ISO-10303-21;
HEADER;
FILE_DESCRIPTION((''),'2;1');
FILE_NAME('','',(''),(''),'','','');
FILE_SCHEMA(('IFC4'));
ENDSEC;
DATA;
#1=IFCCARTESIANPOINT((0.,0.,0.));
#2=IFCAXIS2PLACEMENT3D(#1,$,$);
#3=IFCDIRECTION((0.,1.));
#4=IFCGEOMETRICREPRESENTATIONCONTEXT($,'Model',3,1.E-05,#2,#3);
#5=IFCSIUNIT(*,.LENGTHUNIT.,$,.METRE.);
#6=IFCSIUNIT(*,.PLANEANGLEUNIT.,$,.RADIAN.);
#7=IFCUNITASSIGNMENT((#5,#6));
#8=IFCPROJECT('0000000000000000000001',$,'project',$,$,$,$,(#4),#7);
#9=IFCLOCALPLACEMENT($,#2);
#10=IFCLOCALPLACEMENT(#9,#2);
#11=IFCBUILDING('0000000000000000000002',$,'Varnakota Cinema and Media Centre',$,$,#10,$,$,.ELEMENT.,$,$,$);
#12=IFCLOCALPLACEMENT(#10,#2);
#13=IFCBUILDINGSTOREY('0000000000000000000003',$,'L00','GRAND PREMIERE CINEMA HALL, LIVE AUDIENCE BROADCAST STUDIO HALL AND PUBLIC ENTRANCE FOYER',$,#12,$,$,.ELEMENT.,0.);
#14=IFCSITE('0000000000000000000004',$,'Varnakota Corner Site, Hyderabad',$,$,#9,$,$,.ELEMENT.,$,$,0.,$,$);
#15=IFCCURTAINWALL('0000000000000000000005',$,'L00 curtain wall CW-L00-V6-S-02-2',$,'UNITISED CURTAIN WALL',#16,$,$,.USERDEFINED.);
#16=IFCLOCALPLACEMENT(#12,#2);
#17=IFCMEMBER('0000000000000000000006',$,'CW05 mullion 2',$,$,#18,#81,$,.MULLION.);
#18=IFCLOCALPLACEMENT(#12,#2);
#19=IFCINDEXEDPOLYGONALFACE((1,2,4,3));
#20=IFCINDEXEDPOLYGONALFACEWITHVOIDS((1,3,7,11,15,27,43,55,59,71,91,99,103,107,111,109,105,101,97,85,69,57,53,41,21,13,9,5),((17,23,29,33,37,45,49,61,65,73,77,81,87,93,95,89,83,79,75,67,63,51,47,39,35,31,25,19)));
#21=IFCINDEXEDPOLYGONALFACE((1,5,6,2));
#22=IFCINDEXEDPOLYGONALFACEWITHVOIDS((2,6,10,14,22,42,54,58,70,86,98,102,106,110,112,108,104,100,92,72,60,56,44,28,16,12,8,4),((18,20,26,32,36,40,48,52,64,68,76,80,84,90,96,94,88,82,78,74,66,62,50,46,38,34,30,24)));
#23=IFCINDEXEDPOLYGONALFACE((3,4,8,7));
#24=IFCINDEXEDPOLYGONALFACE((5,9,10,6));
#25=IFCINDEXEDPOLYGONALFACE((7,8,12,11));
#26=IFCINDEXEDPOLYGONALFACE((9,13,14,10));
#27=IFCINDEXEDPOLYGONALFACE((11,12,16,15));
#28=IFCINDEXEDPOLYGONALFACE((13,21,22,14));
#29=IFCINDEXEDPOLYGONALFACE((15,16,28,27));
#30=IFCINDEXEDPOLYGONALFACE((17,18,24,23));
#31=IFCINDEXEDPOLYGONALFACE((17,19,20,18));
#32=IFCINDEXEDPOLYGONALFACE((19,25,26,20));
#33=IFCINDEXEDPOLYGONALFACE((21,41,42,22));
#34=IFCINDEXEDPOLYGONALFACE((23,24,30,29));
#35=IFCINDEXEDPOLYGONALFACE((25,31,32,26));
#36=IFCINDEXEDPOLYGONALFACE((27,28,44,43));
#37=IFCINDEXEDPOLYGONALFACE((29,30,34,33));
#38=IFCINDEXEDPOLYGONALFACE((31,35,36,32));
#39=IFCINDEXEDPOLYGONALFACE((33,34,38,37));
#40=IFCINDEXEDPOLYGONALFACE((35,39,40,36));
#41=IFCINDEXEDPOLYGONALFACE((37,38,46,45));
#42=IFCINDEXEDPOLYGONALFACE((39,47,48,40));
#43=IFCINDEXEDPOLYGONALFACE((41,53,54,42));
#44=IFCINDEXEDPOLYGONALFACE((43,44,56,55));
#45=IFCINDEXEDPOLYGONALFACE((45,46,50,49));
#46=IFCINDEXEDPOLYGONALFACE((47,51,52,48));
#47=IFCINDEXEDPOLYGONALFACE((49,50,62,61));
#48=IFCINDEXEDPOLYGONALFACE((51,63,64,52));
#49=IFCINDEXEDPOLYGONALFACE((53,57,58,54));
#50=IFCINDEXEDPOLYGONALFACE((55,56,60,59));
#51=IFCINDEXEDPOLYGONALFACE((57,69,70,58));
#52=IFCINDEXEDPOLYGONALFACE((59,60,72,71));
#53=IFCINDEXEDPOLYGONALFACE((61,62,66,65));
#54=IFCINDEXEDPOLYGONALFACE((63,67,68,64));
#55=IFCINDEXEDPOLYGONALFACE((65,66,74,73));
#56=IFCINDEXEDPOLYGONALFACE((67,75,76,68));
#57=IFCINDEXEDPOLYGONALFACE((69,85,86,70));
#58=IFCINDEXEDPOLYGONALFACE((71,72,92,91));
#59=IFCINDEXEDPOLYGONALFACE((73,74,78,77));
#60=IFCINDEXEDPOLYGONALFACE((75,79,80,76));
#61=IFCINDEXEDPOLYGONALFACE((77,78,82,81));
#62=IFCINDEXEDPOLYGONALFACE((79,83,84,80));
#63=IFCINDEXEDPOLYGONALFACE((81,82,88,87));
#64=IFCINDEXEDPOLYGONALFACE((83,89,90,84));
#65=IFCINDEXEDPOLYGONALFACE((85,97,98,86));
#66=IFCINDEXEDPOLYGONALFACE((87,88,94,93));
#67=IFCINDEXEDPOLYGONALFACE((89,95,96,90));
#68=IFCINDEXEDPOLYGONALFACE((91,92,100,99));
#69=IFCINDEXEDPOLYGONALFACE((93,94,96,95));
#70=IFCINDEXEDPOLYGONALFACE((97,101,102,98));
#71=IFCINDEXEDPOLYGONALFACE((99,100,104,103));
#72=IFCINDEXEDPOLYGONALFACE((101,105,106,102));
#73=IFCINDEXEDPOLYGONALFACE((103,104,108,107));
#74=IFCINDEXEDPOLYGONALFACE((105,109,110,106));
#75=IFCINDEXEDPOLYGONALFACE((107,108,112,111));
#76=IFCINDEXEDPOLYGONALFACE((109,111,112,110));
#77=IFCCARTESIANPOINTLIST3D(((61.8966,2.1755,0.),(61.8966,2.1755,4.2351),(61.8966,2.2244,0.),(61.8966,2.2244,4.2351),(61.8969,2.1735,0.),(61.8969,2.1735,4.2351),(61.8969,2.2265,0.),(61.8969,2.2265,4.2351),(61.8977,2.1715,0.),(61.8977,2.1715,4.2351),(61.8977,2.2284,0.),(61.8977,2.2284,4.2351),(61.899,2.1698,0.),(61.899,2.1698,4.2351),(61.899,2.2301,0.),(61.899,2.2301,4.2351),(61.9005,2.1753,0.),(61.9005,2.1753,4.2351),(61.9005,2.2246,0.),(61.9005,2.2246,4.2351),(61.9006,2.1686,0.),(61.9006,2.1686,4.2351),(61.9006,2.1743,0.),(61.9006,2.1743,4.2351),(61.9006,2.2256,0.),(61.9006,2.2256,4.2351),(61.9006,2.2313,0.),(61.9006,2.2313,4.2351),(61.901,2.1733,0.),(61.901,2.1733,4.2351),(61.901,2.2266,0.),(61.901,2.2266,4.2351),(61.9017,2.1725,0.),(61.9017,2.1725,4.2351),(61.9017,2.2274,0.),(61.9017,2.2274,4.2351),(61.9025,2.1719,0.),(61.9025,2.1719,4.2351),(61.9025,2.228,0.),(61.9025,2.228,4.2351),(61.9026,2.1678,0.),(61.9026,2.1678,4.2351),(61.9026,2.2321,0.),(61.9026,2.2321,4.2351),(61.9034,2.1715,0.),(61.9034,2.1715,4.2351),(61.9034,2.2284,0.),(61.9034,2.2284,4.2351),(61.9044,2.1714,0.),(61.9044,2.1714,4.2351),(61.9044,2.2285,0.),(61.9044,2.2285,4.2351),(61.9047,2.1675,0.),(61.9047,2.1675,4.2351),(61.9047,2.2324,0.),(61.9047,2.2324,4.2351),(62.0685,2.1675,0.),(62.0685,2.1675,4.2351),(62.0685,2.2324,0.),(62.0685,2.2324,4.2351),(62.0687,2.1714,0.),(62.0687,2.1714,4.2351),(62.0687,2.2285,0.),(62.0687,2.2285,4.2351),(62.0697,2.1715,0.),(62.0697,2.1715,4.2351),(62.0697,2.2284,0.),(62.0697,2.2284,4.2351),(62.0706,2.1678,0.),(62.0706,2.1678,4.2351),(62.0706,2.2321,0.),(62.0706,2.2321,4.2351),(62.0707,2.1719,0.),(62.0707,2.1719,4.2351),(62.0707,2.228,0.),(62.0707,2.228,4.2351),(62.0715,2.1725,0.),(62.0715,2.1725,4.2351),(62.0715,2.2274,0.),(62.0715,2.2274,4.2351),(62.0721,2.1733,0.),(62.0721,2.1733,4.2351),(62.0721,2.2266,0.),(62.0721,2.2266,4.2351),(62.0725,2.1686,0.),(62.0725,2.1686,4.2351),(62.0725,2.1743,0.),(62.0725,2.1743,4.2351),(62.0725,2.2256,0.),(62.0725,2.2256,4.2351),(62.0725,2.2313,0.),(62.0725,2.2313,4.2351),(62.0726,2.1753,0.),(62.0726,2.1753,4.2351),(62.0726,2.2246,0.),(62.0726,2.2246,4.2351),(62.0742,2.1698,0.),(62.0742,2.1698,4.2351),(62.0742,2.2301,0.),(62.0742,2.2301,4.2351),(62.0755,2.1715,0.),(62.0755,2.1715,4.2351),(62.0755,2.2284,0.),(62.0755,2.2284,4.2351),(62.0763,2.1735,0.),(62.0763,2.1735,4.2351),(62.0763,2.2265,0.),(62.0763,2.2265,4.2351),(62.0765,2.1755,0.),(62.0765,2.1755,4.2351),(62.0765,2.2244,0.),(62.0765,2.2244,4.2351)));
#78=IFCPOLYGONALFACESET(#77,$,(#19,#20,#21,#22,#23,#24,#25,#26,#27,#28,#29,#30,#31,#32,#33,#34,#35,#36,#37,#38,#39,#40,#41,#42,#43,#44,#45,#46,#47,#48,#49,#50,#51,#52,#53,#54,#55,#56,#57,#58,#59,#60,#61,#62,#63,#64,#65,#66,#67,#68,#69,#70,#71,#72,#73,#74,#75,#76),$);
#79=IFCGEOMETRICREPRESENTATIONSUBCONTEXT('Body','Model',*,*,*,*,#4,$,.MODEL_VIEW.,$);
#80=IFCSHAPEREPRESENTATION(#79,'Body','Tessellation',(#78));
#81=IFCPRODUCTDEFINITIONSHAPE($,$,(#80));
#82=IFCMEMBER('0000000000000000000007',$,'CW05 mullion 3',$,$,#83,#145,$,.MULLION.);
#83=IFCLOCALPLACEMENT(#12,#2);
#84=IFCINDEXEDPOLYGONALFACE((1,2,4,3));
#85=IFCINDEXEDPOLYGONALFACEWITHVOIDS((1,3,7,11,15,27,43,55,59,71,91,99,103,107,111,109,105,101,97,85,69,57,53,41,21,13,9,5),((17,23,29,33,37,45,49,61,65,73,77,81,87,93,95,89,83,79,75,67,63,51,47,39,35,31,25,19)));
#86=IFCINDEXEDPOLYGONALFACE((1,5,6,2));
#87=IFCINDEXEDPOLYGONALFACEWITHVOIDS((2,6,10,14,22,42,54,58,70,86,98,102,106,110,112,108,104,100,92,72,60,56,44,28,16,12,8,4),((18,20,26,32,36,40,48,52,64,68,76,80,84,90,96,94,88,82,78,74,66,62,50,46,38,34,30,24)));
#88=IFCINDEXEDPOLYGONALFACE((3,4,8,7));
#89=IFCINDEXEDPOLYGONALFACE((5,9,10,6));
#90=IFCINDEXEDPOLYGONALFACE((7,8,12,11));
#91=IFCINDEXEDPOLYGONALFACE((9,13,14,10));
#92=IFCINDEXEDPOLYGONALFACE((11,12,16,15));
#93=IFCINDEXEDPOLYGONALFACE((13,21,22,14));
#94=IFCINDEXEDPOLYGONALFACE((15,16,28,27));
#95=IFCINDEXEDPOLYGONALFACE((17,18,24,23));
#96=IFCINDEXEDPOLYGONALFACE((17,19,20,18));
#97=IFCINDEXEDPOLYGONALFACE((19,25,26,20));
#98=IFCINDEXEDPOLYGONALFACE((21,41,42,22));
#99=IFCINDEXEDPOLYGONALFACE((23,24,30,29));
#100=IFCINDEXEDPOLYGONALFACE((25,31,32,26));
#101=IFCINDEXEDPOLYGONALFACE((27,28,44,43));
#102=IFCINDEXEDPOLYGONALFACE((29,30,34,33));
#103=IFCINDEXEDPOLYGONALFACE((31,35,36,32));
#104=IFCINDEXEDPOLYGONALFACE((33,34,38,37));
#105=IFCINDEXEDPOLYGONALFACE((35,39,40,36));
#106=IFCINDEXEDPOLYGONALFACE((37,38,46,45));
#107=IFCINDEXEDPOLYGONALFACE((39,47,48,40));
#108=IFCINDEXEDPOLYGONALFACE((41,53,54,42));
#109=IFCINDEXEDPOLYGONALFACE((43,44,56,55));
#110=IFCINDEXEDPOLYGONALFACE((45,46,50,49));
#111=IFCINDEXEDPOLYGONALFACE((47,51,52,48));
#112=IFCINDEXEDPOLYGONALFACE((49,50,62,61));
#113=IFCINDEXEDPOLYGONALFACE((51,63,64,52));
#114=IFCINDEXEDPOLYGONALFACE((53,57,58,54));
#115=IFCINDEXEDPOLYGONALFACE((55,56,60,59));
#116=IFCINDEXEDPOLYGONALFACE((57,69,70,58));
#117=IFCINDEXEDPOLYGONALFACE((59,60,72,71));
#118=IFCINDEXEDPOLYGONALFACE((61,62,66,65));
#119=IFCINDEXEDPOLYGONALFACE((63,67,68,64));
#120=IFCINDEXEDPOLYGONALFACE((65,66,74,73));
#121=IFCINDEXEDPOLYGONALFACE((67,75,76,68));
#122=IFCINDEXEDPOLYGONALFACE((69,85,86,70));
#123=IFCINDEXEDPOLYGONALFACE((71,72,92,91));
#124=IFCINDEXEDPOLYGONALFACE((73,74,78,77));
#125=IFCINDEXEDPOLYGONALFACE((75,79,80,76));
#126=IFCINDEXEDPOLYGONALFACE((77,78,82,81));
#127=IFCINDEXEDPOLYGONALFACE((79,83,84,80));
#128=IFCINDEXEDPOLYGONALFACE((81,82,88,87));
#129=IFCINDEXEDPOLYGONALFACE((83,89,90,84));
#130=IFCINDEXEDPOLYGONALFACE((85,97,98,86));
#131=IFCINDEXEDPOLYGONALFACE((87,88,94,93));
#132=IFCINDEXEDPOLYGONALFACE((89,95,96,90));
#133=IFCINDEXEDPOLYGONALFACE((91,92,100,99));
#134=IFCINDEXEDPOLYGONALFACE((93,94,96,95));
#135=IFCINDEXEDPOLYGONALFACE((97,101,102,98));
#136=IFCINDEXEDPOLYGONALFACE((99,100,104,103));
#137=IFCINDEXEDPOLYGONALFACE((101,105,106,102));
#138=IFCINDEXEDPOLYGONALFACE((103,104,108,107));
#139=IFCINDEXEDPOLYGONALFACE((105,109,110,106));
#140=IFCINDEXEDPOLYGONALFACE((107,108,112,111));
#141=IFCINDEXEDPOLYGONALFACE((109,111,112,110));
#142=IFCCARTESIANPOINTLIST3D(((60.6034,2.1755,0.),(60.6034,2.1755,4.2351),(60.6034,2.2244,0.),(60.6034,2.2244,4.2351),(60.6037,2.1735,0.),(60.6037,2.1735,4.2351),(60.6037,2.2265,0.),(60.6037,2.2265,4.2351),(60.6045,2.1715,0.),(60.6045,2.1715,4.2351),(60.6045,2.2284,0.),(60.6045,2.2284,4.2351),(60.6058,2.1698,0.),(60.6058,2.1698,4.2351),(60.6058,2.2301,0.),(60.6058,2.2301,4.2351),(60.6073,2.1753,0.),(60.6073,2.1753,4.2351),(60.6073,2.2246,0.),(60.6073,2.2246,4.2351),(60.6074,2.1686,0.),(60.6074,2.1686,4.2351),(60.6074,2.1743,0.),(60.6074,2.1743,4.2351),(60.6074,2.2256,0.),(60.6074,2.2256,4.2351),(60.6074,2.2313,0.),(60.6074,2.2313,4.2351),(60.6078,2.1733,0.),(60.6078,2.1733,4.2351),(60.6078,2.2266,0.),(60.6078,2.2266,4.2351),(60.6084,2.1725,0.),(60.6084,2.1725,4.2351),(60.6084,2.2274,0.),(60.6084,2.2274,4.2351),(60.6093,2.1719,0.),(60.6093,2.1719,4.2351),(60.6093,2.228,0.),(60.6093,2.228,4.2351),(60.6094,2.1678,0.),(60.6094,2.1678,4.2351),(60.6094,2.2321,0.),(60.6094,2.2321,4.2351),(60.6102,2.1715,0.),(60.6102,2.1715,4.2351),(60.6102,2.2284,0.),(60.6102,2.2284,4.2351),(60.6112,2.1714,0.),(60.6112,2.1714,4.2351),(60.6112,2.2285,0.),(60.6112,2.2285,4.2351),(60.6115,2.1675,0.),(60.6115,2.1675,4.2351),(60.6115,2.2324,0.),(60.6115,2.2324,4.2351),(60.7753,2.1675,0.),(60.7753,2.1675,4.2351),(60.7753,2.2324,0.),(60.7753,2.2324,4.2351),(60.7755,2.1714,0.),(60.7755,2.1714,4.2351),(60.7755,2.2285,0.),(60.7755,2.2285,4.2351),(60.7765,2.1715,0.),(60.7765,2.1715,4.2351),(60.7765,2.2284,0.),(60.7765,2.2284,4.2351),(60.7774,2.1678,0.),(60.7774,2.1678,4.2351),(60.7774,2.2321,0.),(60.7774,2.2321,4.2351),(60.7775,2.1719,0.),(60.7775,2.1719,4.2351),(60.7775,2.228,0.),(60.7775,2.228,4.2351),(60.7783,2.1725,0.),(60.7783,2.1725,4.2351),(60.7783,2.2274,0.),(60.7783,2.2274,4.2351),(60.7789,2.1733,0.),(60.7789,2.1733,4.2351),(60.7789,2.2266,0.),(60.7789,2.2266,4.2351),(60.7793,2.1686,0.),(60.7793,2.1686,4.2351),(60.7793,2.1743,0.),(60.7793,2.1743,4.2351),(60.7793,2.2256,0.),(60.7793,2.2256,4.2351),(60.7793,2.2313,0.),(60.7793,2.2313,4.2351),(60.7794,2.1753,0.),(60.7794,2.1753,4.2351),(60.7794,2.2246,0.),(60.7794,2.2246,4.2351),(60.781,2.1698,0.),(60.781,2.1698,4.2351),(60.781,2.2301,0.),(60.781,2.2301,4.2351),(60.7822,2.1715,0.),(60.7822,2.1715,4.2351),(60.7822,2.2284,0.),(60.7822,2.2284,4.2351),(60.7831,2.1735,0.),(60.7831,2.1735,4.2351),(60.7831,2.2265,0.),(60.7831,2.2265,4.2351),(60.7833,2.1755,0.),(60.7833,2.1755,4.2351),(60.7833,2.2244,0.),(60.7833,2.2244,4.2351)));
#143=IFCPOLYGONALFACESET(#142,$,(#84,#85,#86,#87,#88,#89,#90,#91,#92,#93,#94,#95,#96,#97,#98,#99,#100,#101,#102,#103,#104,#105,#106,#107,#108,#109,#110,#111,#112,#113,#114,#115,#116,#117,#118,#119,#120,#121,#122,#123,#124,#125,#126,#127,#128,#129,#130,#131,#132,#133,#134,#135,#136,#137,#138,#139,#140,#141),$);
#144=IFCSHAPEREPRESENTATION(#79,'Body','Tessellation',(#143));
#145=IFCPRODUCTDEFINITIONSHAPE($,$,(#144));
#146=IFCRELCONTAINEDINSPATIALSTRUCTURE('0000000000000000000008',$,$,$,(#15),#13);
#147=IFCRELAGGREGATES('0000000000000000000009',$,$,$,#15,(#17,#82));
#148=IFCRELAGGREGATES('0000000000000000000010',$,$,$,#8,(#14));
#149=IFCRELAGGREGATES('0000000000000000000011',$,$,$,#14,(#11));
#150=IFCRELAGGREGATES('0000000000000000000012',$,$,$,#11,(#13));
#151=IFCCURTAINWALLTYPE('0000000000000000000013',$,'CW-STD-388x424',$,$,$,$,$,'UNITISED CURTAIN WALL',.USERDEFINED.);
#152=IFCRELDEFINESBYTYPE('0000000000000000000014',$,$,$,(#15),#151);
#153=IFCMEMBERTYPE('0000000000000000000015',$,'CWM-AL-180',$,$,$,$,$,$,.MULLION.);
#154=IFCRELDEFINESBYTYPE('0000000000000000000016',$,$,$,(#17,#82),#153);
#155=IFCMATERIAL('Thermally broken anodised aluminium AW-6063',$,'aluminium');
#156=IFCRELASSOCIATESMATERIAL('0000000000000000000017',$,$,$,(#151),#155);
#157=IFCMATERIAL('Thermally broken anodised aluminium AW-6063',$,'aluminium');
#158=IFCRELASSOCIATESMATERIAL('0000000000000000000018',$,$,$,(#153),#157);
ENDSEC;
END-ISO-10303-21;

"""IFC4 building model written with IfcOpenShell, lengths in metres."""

from ifc_helpers import new_model, si_unit, direction, frame, origin, origin_2d, place, context, subcontext, project, spatial, hollow_rectangle, extrude, material, material_profile, profile_set, type_object, element, aggregate, save


model = new_model("IFC4")

# Units and contexts
model_context = context("Model", 3, precision=1e-05, world=origin(), true_north=direction((0.0, 1.0)))
body_context = subcontext(model_context, "Body", "Model", "MODEL_VIEW")
ifc_project = project(units=[si_unit("LENGTHUNIT", "METRE"), si_unit("PLANEANGLEUNIT", "RADIAN")], contexts=[model_context])

# Site, building, storey
site_placement = place(None, origin())
site = spatial("IfcSite", under=ifc_project, at=site_placement, Name="Varnakota Corner Site, Hyderabad", CompositionType="ELEMENT", RefElevation=0.0)
building_placement = place(site_placement, origin())
building = spatial("IfcBuilding", under=site, at=building_placement, Name="Varnakota Cinema and Media Centre", CompositionType="ELEMENT")
storey_placement = place(building_placement, origin())
storey = spatial("IfcBuildingStorey", under=building, at=storey_placement, Name="L00", Description="GRAND PREMIERE CINEMA HALL, LIVE AUDIENCE BROADCAST STUDIO HALL AND PUBLIC ENTRANCE FOYER", CompositionType="ELEMENT", Elevation=0.0)

# Curtain wall, members
ifc_material_1 = material(Name="Thermally broken anodised aluminium AW-6063", Category="aluminium")
curtain_wall_type = type_object("IfcCurtainWallType", Name="CW-STD-388x424", ElementType="UNITISED CURTAIN WALL", PredefinedType="USERDEFINED", material=ifc_material_1)
curtain_wall_placement = place(storey_placement, origin())
curtain_wall = element("IfcCurtainWall", 1, at=curtain_wall_placement, inside=storey, type_object=curtain_wall_type, Name="L00 curtain wall CW-L00-V6-S-02-2", ObjectType="UNITISED CURTAIN WALL", PredefinedType="USERDEFINED")
ifc_material_2 = material(Name="Thermally broken anodised aluminium AW-6063", Category="aluminium")
ifc_material_profile_1 = material_profile(ifc_material_2, hollow_rectangle(XDim=0.0649, YDim=0.1799, WallThickness=0.0039, InnerFilletRadius=0.0039, OuterFilletRadius=0.0081, at=origin_2d()), Name="AL-MULLION 180x65x4")
ifc_profile_set_1 = profile_set([ifc_material_profile_1], Name="Thermally broken anodised aluminium AW-6063")
member_type_1 = type_object("IfcMemberType", Name="CWM-AL-180", PredefinedType="MULLION", material=ifc_profile_set_1)
member_1_placement = place(storey_placement, frame((61.9866, 2.2, 0.0), z_axis=(0.0, 0.0, 1.0), x_axis=(0.0, -1.0, 0.0)))
member_1 = element("IfcMember", 2, at=member_1_placement, type_object=member_type_1, Name="CW05 mullion 2", PredefinedType="MULLION", context=body_context, shape_type="SweptSolid", body=[
    extrude(hollow_rectangle(XDim=0.0649, YDim=0.1799, WallThickness=0.0039, InnerFilletRadius=0.0039, OuterFilletRadius=0.0081, at=origin_2d()), origin(), (0.0, 0.0, 1.0), 4.2351),
])
member_2_placement = place(storey_placement, frame((60.6934, 2.2, 0.0), z_axis=(0.0, 0.0, 1.0), x_axis=(0.0, -1.0, 0.0)))
member_2 = element("IfcMember", 3, at=member_2_placement, type_object=member_type_1, Name="CW05 mullion 3", PredefinedType="MULLION", context=body_context, shape_type="SweptSolid", body=[
    extrude(hollow_rectangle(XDim=0.0649, YDim=0.1799, WallThickness=0.0039, InnerFilletRadius=0.0039, OuterFilletRadius=0.0081, at=origin_2d()), origin(), (0.0, 0.0, 1.0), 4.2351),
])
aggregate(curtain_wall, [member_1, member_2])

save(model, "model.ifc")
